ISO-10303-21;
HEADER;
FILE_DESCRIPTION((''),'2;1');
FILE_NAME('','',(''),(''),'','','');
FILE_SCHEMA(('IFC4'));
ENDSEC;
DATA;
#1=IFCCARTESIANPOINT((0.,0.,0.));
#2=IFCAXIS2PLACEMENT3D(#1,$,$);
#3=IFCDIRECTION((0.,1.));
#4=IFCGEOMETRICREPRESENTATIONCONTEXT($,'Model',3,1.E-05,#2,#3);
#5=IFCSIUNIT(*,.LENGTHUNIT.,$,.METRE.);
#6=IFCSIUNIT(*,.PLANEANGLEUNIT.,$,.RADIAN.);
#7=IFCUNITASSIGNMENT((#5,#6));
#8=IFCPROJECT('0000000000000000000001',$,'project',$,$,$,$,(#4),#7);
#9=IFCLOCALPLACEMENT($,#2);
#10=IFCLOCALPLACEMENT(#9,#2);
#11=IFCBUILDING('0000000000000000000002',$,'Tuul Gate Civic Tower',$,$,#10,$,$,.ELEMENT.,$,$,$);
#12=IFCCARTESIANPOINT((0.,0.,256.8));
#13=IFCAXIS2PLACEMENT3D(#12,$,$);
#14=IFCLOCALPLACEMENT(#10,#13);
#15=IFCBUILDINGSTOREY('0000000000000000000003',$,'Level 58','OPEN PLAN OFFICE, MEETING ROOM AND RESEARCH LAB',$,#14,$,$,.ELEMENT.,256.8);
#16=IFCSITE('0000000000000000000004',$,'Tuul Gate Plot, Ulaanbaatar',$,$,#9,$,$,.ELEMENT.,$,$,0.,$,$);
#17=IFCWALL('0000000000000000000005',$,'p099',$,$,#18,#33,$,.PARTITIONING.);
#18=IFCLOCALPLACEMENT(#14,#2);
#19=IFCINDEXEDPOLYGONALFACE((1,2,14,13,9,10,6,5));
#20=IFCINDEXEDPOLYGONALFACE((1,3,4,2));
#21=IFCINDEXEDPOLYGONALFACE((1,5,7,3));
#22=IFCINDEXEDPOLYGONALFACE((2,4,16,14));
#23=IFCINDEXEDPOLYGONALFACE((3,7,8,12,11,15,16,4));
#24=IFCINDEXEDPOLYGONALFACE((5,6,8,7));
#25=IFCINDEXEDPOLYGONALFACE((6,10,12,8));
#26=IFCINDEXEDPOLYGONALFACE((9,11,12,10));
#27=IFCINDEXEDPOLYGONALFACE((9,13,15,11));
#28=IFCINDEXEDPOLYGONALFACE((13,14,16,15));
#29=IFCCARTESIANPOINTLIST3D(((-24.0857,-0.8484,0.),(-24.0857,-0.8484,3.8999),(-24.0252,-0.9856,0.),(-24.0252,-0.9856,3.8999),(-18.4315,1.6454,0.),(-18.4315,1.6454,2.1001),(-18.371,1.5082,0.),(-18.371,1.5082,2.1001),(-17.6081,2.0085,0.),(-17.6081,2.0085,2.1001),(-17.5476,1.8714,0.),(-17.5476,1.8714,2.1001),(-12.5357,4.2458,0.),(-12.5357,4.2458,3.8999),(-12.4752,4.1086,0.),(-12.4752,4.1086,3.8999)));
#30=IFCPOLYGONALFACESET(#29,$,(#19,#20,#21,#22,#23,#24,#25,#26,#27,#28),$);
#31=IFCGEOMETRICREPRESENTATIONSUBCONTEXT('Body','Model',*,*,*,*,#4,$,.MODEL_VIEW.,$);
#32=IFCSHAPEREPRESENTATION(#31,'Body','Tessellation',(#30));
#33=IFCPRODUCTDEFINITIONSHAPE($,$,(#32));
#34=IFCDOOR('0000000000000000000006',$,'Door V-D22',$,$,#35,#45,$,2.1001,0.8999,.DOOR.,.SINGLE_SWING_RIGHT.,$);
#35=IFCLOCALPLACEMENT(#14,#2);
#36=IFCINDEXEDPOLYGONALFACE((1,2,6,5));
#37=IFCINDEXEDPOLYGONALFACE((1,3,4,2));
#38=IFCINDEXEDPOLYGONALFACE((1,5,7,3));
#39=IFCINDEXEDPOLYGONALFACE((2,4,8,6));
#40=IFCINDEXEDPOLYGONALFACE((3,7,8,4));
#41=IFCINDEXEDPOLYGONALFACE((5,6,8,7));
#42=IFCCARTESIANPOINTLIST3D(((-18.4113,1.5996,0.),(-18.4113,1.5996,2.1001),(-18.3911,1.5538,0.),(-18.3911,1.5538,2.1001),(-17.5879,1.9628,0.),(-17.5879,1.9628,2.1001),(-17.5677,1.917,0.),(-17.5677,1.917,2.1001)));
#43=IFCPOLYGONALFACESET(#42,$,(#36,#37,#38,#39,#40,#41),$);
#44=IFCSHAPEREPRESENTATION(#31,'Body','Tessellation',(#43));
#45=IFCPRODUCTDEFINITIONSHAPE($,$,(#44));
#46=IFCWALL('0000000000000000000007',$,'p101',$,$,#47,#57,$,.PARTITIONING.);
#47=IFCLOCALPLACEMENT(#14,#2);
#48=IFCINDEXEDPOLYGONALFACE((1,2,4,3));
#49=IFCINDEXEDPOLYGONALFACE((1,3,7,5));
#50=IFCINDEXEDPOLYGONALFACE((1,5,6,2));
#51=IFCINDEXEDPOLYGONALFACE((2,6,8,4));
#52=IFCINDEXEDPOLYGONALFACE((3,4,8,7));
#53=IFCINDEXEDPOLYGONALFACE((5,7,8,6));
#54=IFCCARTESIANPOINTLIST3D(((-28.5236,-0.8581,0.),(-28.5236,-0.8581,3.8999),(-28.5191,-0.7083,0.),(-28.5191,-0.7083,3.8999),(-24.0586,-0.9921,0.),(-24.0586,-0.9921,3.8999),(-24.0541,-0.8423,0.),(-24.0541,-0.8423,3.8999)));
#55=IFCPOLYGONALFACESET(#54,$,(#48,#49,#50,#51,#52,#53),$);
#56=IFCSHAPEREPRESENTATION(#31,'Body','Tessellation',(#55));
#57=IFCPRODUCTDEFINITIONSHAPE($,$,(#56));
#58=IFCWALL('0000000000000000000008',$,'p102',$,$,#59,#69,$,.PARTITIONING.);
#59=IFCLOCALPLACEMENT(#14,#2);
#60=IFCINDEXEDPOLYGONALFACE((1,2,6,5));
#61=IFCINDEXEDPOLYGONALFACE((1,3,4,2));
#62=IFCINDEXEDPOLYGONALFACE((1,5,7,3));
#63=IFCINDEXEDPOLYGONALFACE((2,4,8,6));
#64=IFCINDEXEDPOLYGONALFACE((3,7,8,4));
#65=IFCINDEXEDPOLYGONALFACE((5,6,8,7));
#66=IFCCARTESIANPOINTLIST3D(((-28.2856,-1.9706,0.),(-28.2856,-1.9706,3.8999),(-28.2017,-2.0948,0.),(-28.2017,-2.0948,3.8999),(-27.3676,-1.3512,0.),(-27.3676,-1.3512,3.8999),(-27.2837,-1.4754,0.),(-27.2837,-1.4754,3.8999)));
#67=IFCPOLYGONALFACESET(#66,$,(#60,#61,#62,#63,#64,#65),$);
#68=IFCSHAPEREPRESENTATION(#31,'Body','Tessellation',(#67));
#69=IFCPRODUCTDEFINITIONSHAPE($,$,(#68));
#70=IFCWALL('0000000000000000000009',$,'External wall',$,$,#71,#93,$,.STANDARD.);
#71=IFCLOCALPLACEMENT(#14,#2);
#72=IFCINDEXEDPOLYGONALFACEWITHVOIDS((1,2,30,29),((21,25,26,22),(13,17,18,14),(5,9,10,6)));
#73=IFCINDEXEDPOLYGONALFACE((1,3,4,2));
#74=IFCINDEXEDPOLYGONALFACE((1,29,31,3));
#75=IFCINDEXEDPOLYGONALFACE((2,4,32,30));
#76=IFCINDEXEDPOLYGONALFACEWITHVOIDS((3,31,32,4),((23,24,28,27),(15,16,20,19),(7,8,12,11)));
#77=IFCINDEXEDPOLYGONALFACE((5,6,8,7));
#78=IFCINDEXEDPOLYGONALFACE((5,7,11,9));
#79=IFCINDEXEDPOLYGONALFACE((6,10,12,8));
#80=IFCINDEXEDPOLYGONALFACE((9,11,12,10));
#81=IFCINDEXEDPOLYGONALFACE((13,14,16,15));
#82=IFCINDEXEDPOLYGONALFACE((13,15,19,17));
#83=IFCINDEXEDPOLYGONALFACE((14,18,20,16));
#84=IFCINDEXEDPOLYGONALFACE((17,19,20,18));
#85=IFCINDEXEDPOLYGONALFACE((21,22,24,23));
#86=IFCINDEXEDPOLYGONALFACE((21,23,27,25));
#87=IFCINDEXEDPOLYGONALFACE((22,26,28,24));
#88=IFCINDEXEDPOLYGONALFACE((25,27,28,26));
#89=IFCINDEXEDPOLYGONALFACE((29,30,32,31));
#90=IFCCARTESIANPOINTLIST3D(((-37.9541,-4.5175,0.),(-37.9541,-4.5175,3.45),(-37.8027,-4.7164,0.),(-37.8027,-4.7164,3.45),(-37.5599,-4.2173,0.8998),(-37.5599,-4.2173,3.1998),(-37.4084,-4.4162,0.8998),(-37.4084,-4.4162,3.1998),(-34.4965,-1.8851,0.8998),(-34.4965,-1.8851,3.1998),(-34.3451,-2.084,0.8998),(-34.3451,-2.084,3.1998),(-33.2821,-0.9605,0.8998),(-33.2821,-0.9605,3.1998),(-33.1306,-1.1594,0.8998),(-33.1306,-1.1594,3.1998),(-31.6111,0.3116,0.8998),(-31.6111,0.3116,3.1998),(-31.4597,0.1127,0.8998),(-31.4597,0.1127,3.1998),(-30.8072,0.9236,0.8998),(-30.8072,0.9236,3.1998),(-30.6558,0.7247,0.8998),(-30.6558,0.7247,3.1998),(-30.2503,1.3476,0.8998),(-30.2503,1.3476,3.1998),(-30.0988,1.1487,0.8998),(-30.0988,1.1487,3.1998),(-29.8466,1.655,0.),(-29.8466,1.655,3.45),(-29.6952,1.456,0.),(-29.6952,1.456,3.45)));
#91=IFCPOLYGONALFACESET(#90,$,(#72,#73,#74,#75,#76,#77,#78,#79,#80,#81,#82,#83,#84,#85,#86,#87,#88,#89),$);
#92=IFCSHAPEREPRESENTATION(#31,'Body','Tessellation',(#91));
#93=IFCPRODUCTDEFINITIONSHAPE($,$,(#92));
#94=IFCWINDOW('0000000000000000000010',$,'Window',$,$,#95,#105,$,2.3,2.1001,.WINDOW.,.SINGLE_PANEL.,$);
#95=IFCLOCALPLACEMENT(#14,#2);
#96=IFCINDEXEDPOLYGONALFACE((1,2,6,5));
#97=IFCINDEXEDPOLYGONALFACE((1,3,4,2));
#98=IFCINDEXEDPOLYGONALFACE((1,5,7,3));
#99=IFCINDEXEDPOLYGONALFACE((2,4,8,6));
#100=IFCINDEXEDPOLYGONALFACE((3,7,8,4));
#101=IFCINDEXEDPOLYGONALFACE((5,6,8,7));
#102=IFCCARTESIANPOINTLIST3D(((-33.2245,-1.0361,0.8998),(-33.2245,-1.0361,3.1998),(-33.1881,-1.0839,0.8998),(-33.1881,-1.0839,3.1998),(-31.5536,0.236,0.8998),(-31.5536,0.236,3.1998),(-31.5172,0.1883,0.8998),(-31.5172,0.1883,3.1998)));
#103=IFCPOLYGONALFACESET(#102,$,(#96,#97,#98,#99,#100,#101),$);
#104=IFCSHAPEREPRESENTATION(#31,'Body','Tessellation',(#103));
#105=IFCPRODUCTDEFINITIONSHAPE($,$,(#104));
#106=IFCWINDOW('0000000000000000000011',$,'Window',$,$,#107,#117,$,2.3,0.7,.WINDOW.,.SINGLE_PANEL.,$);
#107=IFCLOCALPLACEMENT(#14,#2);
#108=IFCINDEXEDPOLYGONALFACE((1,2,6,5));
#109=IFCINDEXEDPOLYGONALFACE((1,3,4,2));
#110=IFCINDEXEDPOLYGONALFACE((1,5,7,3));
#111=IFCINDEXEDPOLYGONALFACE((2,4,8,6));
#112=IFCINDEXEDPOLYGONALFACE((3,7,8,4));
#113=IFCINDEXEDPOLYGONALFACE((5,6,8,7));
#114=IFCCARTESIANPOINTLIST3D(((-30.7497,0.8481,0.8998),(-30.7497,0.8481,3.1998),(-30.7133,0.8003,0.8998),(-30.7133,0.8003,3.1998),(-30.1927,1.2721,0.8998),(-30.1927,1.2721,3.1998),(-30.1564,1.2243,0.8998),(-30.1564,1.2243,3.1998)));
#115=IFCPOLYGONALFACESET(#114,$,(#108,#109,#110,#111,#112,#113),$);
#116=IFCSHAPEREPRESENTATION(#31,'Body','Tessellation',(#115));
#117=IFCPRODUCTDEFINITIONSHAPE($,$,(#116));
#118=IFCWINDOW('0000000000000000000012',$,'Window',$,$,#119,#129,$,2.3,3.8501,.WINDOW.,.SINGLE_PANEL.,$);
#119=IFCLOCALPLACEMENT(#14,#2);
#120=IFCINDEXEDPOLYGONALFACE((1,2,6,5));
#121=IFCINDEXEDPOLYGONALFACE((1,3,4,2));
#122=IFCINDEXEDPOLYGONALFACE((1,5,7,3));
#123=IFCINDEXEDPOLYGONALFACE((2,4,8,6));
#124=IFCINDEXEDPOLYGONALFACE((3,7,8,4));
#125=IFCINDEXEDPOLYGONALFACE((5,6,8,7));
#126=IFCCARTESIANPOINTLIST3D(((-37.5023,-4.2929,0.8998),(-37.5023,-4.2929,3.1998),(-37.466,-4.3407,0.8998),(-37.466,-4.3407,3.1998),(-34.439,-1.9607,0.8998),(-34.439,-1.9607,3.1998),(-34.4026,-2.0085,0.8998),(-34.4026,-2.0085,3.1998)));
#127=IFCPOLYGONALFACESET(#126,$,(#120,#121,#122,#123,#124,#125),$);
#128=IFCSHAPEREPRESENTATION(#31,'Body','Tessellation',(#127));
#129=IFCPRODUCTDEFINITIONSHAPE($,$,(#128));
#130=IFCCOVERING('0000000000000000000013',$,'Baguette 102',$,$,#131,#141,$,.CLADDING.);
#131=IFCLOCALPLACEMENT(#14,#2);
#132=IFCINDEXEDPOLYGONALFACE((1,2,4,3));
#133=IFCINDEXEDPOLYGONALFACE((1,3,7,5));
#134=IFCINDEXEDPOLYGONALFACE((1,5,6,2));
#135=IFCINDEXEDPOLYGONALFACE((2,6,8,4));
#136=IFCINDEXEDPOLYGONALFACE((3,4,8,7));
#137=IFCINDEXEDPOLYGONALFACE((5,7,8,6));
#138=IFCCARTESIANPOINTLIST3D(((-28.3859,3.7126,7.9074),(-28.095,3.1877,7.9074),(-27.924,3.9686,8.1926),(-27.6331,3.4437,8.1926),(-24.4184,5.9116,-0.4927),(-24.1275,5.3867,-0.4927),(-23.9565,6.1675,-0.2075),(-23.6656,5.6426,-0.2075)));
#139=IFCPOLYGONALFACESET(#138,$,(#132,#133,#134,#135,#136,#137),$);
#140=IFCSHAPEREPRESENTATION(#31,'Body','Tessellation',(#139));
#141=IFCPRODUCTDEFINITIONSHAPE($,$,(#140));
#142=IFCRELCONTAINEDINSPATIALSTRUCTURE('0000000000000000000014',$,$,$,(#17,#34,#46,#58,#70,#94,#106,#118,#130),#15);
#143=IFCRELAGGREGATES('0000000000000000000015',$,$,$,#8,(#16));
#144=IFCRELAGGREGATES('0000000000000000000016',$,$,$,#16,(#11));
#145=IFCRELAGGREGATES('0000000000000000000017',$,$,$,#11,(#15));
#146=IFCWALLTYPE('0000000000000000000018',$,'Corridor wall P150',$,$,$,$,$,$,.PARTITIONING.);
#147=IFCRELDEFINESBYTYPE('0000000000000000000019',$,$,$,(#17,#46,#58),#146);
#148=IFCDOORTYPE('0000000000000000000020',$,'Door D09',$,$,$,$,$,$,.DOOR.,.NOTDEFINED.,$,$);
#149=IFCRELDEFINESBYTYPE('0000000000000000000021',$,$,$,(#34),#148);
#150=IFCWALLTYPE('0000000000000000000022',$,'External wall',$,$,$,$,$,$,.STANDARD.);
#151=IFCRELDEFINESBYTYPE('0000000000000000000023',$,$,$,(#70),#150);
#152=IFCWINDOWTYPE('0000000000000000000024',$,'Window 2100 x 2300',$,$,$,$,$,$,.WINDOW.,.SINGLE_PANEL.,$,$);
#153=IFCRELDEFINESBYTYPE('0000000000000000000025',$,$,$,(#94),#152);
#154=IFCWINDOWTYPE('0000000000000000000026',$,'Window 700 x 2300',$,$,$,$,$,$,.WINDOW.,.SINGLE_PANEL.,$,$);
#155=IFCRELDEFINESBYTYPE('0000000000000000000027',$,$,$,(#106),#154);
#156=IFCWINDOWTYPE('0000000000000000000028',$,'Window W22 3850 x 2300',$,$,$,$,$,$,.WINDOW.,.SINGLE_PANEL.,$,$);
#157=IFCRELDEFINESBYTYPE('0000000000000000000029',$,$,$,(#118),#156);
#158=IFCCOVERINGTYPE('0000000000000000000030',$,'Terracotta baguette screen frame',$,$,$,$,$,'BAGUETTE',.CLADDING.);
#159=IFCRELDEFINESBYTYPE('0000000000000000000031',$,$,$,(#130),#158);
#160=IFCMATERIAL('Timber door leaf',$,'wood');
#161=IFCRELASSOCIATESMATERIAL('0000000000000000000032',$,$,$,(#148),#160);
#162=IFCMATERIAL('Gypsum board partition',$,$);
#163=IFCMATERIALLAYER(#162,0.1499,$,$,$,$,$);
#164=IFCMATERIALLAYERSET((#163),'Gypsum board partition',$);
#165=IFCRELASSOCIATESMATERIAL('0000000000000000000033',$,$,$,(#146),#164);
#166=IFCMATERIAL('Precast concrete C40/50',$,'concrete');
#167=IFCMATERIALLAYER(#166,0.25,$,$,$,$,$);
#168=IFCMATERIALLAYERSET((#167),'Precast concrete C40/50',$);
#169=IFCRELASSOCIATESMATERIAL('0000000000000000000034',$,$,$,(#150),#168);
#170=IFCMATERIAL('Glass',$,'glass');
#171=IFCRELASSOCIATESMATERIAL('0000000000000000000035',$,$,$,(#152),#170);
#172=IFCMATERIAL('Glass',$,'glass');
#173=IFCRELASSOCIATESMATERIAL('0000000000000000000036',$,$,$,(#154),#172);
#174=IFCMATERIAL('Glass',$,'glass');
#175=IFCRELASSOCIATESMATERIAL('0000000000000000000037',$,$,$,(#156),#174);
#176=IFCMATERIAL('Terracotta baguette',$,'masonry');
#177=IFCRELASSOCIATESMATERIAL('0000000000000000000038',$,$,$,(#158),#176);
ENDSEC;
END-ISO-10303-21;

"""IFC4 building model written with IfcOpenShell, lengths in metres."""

from ifc_helpers import new_model, si_unit, direction, frame, frame_2d, origin, origin_2d, place, context, subcontext, project, spatial, rectangle, extrude, material, layer, layer_set, material_profile, profile_set, type_object, element, fill, save


model = new_model("IFC4")

# Units and contexts
model_context = context("Model", 3, precision=1e-05, world=origin(), true_north=direction((0.0, 1.0)))
body_context = subcontext(model_context, "Body", "Model", "MODEL_VIEW")
ifc_project = project(units=[si_unit("LENGTHUNIT", "METRE"), si_unit("PLANEANGLEUNIT", "RADIAN")], contexts=[model_context])

# Site, building, storey
site_placement = place(None, origin())
site = spatial("IfcSite", under=ifc_project, at=site_placement, Name="Tuul Gate Plot, Ulaanbaatar", CompositionType="ELEMENT", RefElevation=0.0)
building_placement = place(site_placement, origin())
building = spatial("IfcBuilding", under=site, at=building_placement, Name="Tuul Gate Civic Tower", CompositionType="ELEMENT")
storey_placement = place(building_placement, frame((0.0, 0.0, 256.8)))
storey = spatial("IfcBuildingStorey", under=building, at=storey_placement, Name="Level 58", Description="OPEN PLAN OFFICE, MEETING ROOM AND RESEARCH LAB", CompositionType="ELEMENT", Elevation=256.8)

# Shared definitions
ifc_material_1 = material(Name="Timber door leaf", Category="wood")
door_type_1 = type_object("IfcDoorType", Name="Door D09", OperationType="NOTDEFINED", PredefinedType="DOOR", material=ifc_material_1)

# Shared definitions
ifc_material_2 = material(Name="Gypsum board partition")
ifc_layer_1 = layer(ifc_material_2, 0.1499)
ifc_layer_set_1 = layer_set([ifc_layer_1], Name="Gypsum board partition")
wall_type_1 = type_object("IfcWallType", Name="Corridor wall P150", PredefinedType="PARTITIONING", material=ifc_layer_set_1)

# Wall, opening, door
wall_1_placement = place(storey_placement, frame((-24.0554, -0.917, 0.0), z_axis=(0.0, 0.0, 1.0), x_axis=(0.914958, 0.403549, 0.0)))
wall_1 = element("IfcWall", 1, at=wall_1_placement, inside=storey, type_object=wall_type_1, Name="p099", PredefinedType="PARTITIONING", context=body_context, shape_type="SweptSolid", body=[
    extrude(rectangle(XDim=12.6235, YDim=0.1499, at=frame_2d((6.3118, 0.0))), origin(), (0.0, 0.0, 1.0), 3.8999),
])
opening_1_placement = place(wall_1_placement, frame((6.1797, 0.0, 0.0)))
opening_1 = element("IfcOpeningElement", 2, at=opening_1_placement, cuts=wall_1, PredefinedType="OPENING", context=body_context, shape_type="SweptSolid", body=[
    extrude(rectangle(XDim=0.8999, YDim=2.1001, at=frame_2d((0.45, 1.05))), frame((0.0, 0.085, 0.0), z_axis=(0.0, -1.0, 0.0), x_axis=(1.0, 0.0, 0.0)), (0.0, 0.0, 1.0), 0.1699),
])
door_1_placement = place(opening_1_placement, origin())
door_1 = element("IfcDoor", 3, at=door_1_placement, inside=storey, type_object=door_type_1, Name="Door V-D22", OperationType="SINGLE_SWING_RIGHT", OverallHeight=2.1001, OverallWidth=0.8999, PredefinedType="DOOR", context=body_context, shape_type="SweptSolid", body=[
    extrude(rectangle(XDim=0.8999, YDim=2.1001, at=frame_2d((0.45, 1.05))), frame((0.0, 0.0249, 0.0), z_axis=(0.0, -1.0, 0.0), x_axis=(1.0, 0.0, 0.0)), (0.0, 0.0, 1.0), 0.05),
])
fill(opening_1, door_1)

# Walls
wall_2_placement = place(storey_placement, frame((-28.5212, -0.7832, 0.0), z_axis=(0.0, 0.0, 1.0), x_axis=(0.99955, -0.030005, 0.0)))
element("IfcWall", 4, at=wall_2_placement, inside=storey, type_object=wall_type_1, Name="p101", PredefinedType="PARTITIONING", context=body_context, shape_type="SweptSolid", body=[
    extrude(rectangle(XDim=4.467, YDim=0.1499, at=frame_2d((2.2334, 0.0))), origin(), (0.0, 0.0, 1.0), 3.8999),
])
wall_3_placement = place(storey_placement, frame((-28.2437, -2.0327, 0.0), z_axis=(0.0, 0.0, 1.0), x_axis=(0.828951, 0.559321, 0.0)))
element("IfcWall", 5, at=wall_3_placement, inside=storey, type_object=wall_type_1, Name="p102", PredefinedType="PARTITIONING", context=body_context, shape_type="SweptSolid", body=[
    extrude(rectangle(XDim=1.1074, YDim=0.1499, at=frame_2d((0.5537, 0.0))), origin(), (0.0, 0.0, 1.0), 3.8999),
])

# Wall, openings, windows
ifc_material_3 = material(Name="Precast concrete C40/50", Category="concrete")
ifc_layer_2 = layer(ifc_material_3, 0.25)
ifc_layer_set_2 = layer_set([ifc_layer_2], Name="Precast concrete C40/50")
wall_type_2 = type_object("IfcWallType", Name="External wall", PredefinedType="STANDARD", material=ifc_layer_set_2)
wall_4_placement = place(storey_placement, frame((-29.771, 1.5554, 0.0), z_axis=(0.0, 0.0, 1.0), x_axis=(-0.795655, -0.60575, 0.0)))
wall_4 = element("IfcWall", 6, at=wall_4_placement, inside=storey, type_object=wall_type_2, Name="External wall", PredefinedType="STANDARD", context=body_context, shape_type="SweptSolid", body=[
    extrude(rectangle(XDim=10.1897, YDim=0.25, at=frame_2d((5.0947, 0.0))), origin(), (0.0, 0.0, 1.0), 3.45),
])
opening_2_placement = place(wall_4_placement, frame((5.844, 0.0, 0.8999)))
opening_2 = element("IfcOpeningElement", 7, at=opening_2_placement, cuts=wall_4, PredefinedType="OPENING", context=body_context, shape_type="SweptSolid", body=[
    extrude(rectangle(XDim=3.8501, YDim=2.3, at=frame_2d((1.925, 1.1499))), frame((0.0, 0.135, 0.0), z_axis=(0.0, -1.0, 0.0), x_axis=(1.0, 0.0, 0.0)), (0.0, 0.0, 1.0), 0.27),
])
opening_3_placement = place(wall_4_placement, frame((0.5071, 0.0, 0.8999)))
opening_3 = element("IfcOpeningElement", 8, at=opening_3_placement, cuts=wall_4, PredefinedType="OPENING", context=body_context, shape_type="SweptSolid", body=[
    extrude(rectangle(XDim=0.7, YDim=2.3, at=frame_2d((0.3501, 1.1499))), frame((0.0, 0.135, 0.0), z_axis=(0.0, -1.0, 0.0), x_axis=(1.0, 0.0, 0.0)), (0.0, 0.0, 1.0), 0.27),
])
opening_4_placement = place(wall_4_placement, frame((2.2175, 0.0, 0.8999)))
opening_4 = element("IfcOpeningElement", 9, at=opening_4_placement, cuts=wall_4, PredefinedType="OPENING", context=body_context, shape_type="SweptSolid", body=[
    extrude(rectangle(XDim=2.1001, YDim=2.3, at=frame_2d((1.05, 1.1499))), frame((0.0, 0.135, 0.0), z_axis=(0.0, -1.0, 0.0), x_axis=(1.0, 0.0, 0.0)), (0.0, 0.0, 1.0), 0.27),
])
ifc_material_4 = material(Name="Glass", Category="glass")
window_type_1 = type_object("IfcWindowType", Name="Window 2100 x 2300", PartitioningType="SINGLE_PANEL", PredefinedType="WINDOW", material=ifc_material_4)
window_1_placement = place(opening_4_placement, origin())
window_1 = element("IfcWindow", 10, at=window_1_placement, inside=storey, type_object=window_type_1, Name="Window", OverallHeight=2.3, OverallWidth=2.1001, PartitioningType="SINGLE_PANEL", PredefinedType="WINDOW", context=body_context, shape_type="SweptSolid", body=[
    extrude(rectangle(XDim=2.1001, YDim=2.3, at=frame_2d((1.05, 1.1499))), frame((0.0, 0.03, 0.0), z_axis=(0.0, -1.0, 0.0), x_axis=(1.0, 0.0, 0.0)), (0.0, 0.0, 1.0), 0.0601),
])
fill(opening_4, window_1)
ifc_material_5 = material(Name="Glass", Category="glass")
window_type_2 = type_object("IfcWindowType", Name="Window 700 x 2300", PartitioningType="SINGLE_PANEL", PredefinedType="WINDOW", material=ifc_material_5)
window_2_placement = place(opening_3_placement, origin())
window_2 = element("IfcWindow", 11, at=window_2_placement, inside=storey, type_object=window_type_2, Name="Window", OverallHeight=2.3, OverallWidth=0.7, PartitioningType="SINGLE_PANEL", PredefinedType="WINDOW", context=body_context, shape_type="SweptSolid", body=[
    extrude(rectangle(XDim=0.7, YDim=2.3, at=frame_2d((0.3501, 1.1499))), frame((0.0, 0.03, 0.0), z_axis=(0.0, -1.0, 0.0), x_axis=(1.0, 0.0, 0.0)), (0.0, 0.0, 1.0), 0.0601),
])
fill(opening_3, window_2)
ifc_material_6 = material(Name="Glass", Category="glass")
window_type_3 = type_object("IfcWindowType", Name="Window W22 3850 x 2300", PartitioningType="SINGLE_PANEL", PredefinedType="WINDOW", material=ifc_material_6)
window_3_placement = place(opening_2_placement, origin())
window_3 = element("IfcWindow", 12, at=window_3_placement, inside=storey, type_object=window_type_3, Name="Window", OverallHeight=2.3, OverallWidth=3.8501, PartitioningType="SINGLE_PANEL", PredefinedType="WINDOW", context=body_context, shape_type="SweptSolid", body=[
    extrude(rectangle(XDim=3.8501, YDim=2.3, at=frame_2d((1.925, 1.1499))), frame((0.0, 0.03, 0.0), z_axis=(0.0, -1.0, 0.0), x_axis=(1.0, 0.0, 0.0)), (0.0, 0.0, 1.0), 0.0601),
])
fill(opening_2, window_3)

# Covering
ifc_material_7 = material(Name="Terracotta baguette", Category="masonry")
ifc_material_profile_1 = material_profile(ifc_material_7, rectangle(XDim=0.6001, YDim=0.6001, at=origin_2d()), Name="Terracotta baguette screen frame")
ifc_profile_set_1 = profile_set([ifc_material_profile_1], Name="Terracotta baguette")
covering_type = type_object("IfcCoveringType", Name="Terracotta baguette screen frame", ElementType="BAGUETTE", PredefinedType="CLADDING", material=ifc_profile_set_1)
covering_placement = place(storey_placement, frame((-24.042, 5.7771, -0.3501), z_axis=(-0.415592, -0.230339, 0.879902), x_axis=(0.484765, -0.874644, 0.0)))
element("IfcCovering", 13, at=covering_placement, inside=storey, type_object=covering_type, Name="Baguette 102", PredefinedType="CLADDING", context=body_context, shape_type="SweptSolid", body=[
    extrude(rectangle(XDim=0.6001, YDim=0.6001, at=origin_2d()), origin(), (0.0, 0.0, 1.0), 9.5466),
])

save(model, "model.ifc")
